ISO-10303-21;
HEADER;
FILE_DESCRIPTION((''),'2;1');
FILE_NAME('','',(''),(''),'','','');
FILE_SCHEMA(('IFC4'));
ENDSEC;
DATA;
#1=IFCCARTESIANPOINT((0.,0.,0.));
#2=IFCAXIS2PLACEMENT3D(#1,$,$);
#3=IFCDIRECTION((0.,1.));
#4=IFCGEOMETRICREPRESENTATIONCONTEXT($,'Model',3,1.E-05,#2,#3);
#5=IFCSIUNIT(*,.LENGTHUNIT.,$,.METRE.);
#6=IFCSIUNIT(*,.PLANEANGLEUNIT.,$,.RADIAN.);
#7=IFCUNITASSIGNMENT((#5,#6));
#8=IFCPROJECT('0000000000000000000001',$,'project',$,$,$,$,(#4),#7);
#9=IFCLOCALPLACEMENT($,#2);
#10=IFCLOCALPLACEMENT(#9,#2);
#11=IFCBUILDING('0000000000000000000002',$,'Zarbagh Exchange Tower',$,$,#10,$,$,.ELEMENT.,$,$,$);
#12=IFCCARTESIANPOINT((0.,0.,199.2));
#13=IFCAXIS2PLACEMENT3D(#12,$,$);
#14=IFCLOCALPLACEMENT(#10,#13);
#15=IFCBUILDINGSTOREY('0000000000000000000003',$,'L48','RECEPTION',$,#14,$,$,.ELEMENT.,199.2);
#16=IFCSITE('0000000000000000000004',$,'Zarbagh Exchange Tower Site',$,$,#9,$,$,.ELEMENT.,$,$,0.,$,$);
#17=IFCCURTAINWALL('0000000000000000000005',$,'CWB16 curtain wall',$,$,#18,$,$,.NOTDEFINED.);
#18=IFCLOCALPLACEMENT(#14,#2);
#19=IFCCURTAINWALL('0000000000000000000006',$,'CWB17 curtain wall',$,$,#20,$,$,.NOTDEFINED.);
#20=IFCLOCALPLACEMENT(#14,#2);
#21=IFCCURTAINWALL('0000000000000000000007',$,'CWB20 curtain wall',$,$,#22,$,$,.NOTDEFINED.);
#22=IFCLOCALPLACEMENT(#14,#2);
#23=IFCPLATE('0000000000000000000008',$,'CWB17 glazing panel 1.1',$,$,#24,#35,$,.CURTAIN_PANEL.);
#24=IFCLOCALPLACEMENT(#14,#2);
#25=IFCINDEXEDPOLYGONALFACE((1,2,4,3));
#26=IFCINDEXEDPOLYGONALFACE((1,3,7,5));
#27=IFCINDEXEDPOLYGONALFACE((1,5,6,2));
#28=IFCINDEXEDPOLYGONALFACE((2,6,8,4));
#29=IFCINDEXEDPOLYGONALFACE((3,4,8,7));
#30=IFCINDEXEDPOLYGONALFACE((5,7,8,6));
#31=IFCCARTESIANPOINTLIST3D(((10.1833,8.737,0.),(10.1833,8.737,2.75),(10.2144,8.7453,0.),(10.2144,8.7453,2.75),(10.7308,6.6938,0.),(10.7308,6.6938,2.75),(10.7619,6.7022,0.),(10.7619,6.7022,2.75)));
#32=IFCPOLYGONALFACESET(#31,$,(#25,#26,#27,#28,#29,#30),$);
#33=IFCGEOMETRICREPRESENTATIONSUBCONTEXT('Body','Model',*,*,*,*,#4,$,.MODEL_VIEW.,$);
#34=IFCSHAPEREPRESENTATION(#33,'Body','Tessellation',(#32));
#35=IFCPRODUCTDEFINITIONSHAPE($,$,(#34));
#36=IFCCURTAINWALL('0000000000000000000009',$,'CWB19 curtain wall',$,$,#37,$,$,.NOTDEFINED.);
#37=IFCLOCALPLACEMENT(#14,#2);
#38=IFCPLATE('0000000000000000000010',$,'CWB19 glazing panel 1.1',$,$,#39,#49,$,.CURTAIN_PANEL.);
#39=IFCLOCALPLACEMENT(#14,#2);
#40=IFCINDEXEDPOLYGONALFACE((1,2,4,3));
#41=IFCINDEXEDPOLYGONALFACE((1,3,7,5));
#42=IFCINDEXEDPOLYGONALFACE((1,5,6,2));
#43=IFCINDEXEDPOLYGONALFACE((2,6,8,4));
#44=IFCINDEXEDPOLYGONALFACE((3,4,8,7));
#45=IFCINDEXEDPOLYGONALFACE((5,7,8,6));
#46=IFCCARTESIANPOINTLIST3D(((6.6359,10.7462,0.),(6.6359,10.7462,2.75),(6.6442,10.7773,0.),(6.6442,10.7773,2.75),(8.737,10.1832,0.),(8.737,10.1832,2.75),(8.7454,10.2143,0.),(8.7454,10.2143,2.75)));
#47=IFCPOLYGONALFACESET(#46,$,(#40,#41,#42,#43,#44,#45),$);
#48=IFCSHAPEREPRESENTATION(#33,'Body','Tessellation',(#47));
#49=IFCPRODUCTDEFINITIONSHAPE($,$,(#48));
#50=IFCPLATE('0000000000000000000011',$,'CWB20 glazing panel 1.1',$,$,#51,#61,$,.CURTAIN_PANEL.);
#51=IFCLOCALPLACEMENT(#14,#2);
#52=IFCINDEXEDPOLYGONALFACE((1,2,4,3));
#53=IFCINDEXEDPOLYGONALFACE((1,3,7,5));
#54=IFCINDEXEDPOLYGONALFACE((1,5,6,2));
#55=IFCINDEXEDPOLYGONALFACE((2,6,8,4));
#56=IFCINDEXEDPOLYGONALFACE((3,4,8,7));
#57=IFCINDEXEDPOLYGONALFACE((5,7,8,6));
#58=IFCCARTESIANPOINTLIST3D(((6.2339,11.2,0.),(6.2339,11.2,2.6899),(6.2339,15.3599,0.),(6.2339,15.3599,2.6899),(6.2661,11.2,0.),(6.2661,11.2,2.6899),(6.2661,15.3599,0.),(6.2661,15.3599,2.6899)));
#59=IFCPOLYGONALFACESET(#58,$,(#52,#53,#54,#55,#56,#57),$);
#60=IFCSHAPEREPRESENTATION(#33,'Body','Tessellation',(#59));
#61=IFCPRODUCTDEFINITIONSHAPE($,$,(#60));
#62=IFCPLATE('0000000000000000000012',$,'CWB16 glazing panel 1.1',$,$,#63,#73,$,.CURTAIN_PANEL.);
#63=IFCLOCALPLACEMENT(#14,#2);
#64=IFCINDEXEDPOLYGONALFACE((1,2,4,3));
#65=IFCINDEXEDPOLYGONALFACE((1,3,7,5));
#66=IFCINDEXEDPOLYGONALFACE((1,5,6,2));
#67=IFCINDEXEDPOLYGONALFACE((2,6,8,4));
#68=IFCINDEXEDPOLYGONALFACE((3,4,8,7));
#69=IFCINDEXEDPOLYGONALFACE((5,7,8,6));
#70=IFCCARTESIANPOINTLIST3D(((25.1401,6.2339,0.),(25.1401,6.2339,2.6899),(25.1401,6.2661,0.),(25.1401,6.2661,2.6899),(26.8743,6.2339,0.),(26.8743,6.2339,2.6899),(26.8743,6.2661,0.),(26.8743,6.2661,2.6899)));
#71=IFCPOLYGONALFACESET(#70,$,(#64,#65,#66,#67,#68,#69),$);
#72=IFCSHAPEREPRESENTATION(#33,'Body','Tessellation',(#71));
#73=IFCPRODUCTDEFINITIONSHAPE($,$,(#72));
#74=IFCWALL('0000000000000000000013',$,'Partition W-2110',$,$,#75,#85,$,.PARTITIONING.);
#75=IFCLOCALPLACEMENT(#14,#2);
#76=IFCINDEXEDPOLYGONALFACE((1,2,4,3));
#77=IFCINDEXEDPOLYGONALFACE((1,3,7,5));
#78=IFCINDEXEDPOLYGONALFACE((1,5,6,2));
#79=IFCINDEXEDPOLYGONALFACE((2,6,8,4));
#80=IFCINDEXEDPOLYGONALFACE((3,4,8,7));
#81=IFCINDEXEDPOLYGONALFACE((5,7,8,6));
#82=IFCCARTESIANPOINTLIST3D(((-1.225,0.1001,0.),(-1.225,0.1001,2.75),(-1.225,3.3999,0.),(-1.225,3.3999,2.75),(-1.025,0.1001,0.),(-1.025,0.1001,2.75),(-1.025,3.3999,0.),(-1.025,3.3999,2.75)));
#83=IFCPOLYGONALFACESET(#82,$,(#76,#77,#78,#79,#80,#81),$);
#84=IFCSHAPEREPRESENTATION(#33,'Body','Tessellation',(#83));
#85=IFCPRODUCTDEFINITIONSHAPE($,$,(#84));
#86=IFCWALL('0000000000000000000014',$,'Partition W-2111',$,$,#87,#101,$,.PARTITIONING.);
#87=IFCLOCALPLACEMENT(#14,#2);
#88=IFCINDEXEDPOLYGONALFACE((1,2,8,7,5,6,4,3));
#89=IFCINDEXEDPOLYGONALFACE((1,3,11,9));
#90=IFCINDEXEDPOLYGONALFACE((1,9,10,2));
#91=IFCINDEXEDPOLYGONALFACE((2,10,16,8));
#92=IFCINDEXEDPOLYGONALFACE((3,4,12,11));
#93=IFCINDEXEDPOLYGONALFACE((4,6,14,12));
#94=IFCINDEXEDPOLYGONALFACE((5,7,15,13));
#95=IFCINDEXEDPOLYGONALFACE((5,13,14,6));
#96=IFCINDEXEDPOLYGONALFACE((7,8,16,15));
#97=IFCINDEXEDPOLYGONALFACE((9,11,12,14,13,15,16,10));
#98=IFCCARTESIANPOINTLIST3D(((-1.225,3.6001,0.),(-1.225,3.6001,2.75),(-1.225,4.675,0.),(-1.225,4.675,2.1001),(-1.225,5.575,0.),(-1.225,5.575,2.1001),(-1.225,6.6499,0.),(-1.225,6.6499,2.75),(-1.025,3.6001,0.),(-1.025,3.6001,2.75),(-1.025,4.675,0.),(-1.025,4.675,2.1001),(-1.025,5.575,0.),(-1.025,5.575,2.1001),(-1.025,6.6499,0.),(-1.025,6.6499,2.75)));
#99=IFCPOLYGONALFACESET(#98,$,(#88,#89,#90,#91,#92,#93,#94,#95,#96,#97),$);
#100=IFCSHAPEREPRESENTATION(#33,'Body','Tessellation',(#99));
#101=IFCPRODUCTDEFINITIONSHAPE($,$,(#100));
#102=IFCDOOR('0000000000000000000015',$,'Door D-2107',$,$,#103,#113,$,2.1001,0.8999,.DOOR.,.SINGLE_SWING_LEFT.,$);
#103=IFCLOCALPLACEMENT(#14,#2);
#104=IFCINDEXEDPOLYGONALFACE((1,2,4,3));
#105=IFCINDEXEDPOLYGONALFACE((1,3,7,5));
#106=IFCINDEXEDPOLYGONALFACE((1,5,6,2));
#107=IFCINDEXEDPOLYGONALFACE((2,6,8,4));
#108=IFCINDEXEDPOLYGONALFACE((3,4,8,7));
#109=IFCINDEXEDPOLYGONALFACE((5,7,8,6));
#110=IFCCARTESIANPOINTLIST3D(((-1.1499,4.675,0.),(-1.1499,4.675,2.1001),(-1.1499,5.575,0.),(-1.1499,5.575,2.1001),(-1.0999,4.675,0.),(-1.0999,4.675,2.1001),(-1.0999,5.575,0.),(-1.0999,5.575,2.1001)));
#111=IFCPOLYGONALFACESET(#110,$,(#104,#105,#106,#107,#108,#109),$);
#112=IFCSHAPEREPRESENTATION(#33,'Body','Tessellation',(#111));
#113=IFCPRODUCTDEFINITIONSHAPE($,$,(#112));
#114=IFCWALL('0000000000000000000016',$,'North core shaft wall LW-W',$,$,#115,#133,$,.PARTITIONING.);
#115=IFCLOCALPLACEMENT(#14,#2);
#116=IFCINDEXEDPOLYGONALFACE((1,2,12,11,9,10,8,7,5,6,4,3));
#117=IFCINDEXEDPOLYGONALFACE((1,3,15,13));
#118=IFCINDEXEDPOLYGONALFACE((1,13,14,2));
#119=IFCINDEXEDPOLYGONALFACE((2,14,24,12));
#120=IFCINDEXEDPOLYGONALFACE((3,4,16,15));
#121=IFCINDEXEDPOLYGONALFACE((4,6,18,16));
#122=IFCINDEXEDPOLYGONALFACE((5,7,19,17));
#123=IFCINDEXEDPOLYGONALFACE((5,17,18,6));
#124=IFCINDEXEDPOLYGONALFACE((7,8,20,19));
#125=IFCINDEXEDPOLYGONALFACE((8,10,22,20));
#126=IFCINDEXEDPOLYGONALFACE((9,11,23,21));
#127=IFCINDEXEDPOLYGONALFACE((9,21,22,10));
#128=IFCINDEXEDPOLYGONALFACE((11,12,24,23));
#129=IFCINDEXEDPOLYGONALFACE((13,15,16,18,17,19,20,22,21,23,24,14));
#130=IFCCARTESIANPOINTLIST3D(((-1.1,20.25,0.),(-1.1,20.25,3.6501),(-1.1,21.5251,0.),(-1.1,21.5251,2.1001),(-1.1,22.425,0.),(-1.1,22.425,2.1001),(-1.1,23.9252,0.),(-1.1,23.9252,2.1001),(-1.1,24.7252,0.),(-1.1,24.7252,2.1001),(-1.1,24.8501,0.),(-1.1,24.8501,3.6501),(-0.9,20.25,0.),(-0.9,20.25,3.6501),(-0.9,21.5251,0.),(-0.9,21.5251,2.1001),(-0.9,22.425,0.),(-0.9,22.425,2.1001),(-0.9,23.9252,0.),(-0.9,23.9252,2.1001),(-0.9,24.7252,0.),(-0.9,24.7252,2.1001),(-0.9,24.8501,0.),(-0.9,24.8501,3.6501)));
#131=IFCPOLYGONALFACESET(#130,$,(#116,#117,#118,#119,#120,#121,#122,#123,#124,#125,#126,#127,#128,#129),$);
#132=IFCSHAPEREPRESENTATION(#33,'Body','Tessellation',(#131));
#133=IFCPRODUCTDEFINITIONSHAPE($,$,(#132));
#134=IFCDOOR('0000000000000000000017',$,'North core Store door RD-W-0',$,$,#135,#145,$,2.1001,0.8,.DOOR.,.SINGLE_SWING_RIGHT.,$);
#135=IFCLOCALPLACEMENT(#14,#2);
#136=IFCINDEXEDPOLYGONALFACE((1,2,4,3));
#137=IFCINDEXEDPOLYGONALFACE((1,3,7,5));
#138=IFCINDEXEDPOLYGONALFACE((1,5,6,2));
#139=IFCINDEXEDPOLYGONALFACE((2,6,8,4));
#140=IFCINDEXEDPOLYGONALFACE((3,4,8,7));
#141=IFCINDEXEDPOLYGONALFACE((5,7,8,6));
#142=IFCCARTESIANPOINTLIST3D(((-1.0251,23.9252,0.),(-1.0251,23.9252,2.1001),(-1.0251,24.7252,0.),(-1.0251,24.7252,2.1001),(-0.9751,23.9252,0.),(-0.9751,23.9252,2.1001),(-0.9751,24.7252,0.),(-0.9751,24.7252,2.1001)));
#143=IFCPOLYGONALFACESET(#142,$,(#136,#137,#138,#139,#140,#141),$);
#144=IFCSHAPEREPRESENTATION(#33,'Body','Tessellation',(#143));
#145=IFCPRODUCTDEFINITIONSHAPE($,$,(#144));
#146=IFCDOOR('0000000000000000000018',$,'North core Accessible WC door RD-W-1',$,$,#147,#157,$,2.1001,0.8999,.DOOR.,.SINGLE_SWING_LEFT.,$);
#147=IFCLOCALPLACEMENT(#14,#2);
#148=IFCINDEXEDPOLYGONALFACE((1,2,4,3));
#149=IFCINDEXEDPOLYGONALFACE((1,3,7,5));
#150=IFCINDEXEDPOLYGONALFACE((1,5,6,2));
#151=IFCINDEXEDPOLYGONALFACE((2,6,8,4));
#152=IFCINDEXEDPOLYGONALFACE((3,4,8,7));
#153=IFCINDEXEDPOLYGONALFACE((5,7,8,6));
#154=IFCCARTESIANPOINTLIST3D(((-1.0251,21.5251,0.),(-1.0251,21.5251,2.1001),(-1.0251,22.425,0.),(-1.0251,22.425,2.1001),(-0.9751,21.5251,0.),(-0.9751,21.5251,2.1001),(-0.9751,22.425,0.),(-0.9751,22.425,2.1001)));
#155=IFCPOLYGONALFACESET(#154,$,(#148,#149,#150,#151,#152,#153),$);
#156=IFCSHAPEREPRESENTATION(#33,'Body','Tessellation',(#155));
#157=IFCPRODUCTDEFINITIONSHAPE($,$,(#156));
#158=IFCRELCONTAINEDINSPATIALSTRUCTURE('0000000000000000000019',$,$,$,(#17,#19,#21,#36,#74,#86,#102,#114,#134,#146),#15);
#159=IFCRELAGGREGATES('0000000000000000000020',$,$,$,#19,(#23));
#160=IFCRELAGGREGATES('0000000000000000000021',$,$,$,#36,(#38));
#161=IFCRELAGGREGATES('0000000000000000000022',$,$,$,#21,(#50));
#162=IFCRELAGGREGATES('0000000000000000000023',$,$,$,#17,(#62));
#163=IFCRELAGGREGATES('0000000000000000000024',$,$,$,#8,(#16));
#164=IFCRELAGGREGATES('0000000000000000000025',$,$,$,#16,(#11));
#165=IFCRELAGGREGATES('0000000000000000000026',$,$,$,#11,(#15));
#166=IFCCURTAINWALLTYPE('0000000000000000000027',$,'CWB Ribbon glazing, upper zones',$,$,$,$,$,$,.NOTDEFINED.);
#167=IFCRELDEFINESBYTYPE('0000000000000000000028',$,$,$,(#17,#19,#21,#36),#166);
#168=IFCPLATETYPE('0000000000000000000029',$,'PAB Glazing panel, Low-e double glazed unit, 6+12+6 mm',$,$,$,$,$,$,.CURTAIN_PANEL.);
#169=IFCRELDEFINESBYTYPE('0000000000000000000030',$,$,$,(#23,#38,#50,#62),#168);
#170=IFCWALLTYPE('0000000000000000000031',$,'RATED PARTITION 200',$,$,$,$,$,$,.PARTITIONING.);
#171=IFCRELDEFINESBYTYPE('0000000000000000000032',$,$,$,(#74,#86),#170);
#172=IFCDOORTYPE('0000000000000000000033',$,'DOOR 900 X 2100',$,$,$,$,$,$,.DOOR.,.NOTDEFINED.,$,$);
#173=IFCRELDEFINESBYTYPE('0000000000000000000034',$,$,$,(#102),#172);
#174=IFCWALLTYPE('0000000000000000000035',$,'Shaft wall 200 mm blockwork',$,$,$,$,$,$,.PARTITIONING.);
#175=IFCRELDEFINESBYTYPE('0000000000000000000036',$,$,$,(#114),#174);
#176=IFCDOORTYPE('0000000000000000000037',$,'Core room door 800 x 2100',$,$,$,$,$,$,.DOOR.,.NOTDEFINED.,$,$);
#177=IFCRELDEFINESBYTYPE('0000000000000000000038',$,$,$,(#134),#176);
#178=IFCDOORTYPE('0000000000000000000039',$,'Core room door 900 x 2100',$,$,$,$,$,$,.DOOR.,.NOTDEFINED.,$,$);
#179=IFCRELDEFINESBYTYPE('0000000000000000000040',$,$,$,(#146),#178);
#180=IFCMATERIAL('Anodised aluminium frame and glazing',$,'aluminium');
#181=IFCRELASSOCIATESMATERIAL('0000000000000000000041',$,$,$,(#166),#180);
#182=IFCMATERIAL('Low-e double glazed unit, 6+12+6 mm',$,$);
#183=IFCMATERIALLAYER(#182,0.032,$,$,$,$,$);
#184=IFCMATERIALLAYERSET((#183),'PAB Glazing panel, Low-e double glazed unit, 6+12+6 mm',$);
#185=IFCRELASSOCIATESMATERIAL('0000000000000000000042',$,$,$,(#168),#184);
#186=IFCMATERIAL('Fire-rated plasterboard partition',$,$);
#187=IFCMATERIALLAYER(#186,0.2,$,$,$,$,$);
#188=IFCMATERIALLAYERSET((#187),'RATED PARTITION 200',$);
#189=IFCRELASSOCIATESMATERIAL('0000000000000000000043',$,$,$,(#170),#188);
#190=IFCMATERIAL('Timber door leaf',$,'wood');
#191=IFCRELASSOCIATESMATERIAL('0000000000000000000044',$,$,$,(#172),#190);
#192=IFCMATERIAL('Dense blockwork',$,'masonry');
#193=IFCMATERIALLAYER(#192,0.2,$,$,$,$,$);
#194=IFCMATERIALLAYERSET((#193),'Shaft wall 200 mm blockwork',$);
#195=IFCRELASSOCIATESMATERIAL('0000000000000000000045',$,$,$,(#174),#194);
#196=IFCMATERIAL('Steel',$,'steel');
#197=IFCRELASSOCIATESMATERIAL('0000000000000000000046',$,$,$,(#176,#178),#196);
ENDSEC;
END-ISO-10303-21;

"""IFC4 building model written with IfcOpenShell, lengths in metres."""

from ifc_helpers import new_model, si_unit, direction, frame, frame_2d, origin, place, context, subcontext, project, spatial, polyline, rectangle, outline, extrude, source, transform, mapped, material, layer, layer_set, type_object, element, fill, aggregate, save


model = new_model("IFC4")

# Units and contexts
model_context = context("Model", 3, precision=1e-05, world=origin(), true_north=direction((0.0, 1.0)))
body_context = subcontext(model_context, "Body", "Model", "MODEL_VIEW")
ifc_project = project(units=[si_unit("LENGTHUNIT", "METRE"), si_unit("PLANEANGLEUNIT", "RADIAN")], contexts=[model_context])

# Site, building, storey
site_placement = place(None, origin())
site = spatial("IfcSite", under=ifc_project, at=site_placement, Name="Zarbagh Exchange Tower Site", CompositionType="ELEMENT", RefElevation=0.0)
building_placement = place(site_placement, origin())
building = spatial("IfcBuilding", under=site, at=building_placement, Name="Zarbagh Exchange Tower", CompositionType="ELEMENT")
storey_placement = place(building_placement, frame((0.0, 0.0, 199.2)))
storey = spatial("IfcBuildingStorey", under=building, at=storey_placement, Name="L48", Description="RECEPTION", CompositionType="ELEMENT", Elevation=199.2)

# Curtain wall
ifc_material_1 = material(Name="Anodised aluminium frame and glazing", Category="aluminium")
curtain_wall_type = type_object("IfcCurtainWallType", Name="CWB Ribbon glazing, upper zones", PredefinedType="NOTDEFINED", material=ifc_material_1)
curtain_wall_1_placement = place(storey_placement, origin())
curtain_wall_1 = element("IfcCurtainWall", 1, at=curtain_wall_1_placement, inside=storey, type_object=curtain_wall_type, Name="CWB16 curtain wall", PredefinedType="NOTDEFINED")
placement = place(storey_placement, origin())

# Curtain wall
curtain_wall_2_placement = place(storey_placement, origin())
curtain_wall_2 = element("IfcCurtainWall", 2, at=curtain_wall_2_placement, inside=storey, type_object=curtain_wall_type, Name="CWB17 curtain wall", PredefinedType="NOTDEFINED")

# Curtain wall
curtain_wall_3_placement = place(storey_placement, origin())
curtain_wall_3 = element("IfcCurtainWall", 3, at=curtain_wall_3_placement, inside=storey, type_object=curtain_wall_type, Name="CWB20 curtain wall", PredefinedType="NOTDEFINED")

# Shared definitions
ifc_material_2 = material(Name="Low-e double glazed unit, 6+12+6 mm")
ifc_layer_1 = layer(ifc_material_2, 0.032)
ifc_layer_set_1 = layer_set([ifc_layer_1], Name="PAB Glazing panel, Low-e double glazed unit, 6+12+6 mm")
plate_type = type_object("IfcPlateType", Name="PAB Glazing panel, Low-e double glazed unit, 6+12+6 mm", PredefinedType="CURTAIN_PANEL", material=ifc_layer_set_1)

# Plate
shared_shape_1 = source(origin(), body_context, "Body", "SweptSolid", [
    extrude(outline(polyline([(0.0, -0.0161), (2.1152, -0.0161), (2.1152, 0.0161), (0.0, 0.0161), (0.0, -0.0161)])), origin(), (0.0, 0.0, 1.0), 2.75),
])
plate_1 = element("IfcPlate", 4, at=placement, type_object=plate_type, Name="CWB17 glazing panel 1.1", PredefinedType="CURTAIN_PANEL", context=body_context, shape_type="MappedRepresentation", body=[
    mapped(shared_shape_1, transform((10.7463, 6.698, 0.0), x_axis=(-0.258825, 0.965924, 0.0), y_axis=(-0.965924, -0.258825, 0.0), z_axis=(0.0, 0.0, 1.0))),
])
aggregate(curtain_wall_2, [plate_1])

# Curtain wall, plate
curtain_wall_4_placement = place(storey_placement, origin())
curtain_wall_4 = element("IfcCurtainWall", 5, at=curtain_wall_4_placement, inside=storey, type_object=curtain_wall_type, Name="CWB19 curtain wall", PredefinedType="NOTDEFINED")
shared_shape_2 = source(origin(), body_context, "Body", "SweptSolid", [
    extrude(outline(polyline([(0.0, -0.0161), (2.1753, -0.0161), (2.1753, 0.0161), (0.0, 0.0161), (0.0, -0.0161)])), origin(), (0.0, 0.0, 1.0), 2.75),
])
plate_2 = element("IfcPlate", 6, at=placement, type_object=plate_type, Name="CWB19 glazing panel 1.1", PredefinedType="CURTAIN_PANEL", context=body_context, shape_type="MappedRepresentation", body=[
    mapped(shared_shape_2, transform((8.7412, 10.1987, 0.0), x_axis=(-0.965924, 0.258825, 0.0), y_axis=(-0.258825, -0.965924, 0.0), z_axis=(0.0, 0.0, 1.0))),
])
aggregate(curtain_wall_4, [plate_2])

# Plates
shared_shape_3 = source(origin(), body_context, "Body", "SweptSolid", [
    extrude(outline(polyline([(0.0, -0.0161), (4.1599, -0.0161), (4.1599, 0.0161), (0.0, 0.0161), (0.0, -0.0161)])), origin(), (0.0, 0.0, 1.0), 2.6899),
])
plate_3 = element("IfcPlate", 7, at=placement, type_object=plate_type, Name="CWB20 glazing panel 1.1", PredefinedType="CURTAIN_PANEL", context=body_context, shape_type="MappedRepresentation", body=[
    mapped(shared_shape_3, transform((6.25, 11.2, 0.0), x_axis=(0.0, 1.0, 0.0), y_axis=(-1.0, 0.0, 0.0), z_axis=(0.0, 0.0, 1.0))),
])
aggregate(curtain_wall_3, [plate_3])
shared_shape_4 = source(origin(), body_context, "Body", "SweptSolid", [
    extrude(outline(polyline([(0.0, -0.0161), (1.7341, -0.0161), (1.7341, 0.0161), (0.0, 0.0161), (0.0, -0.0161)])), origin(), (0.0, 0.0, 1.0), 2.6899),
])
plate_4 = element("IfcPlate", 8, at=placement, type_object=plate_type, Name="CWB16 glazing panel 1.1", PredefinedType="CURTAIN_PANEL", context=body_context, shape_type="MappedRepresentation", body=[
    mapped(shared_shape_4, transform((26.8743, 6.25, 0.0), x_axis=(-1.0, 0.0, 0.0), y_axis=(0.0, -1.0, 0.0), z_axis=(0.0, 0.0, 1.0))),
])
aggregate(curtain_wall_1, [plate_4])

# Wall
ifc_material_3 = material(Name="Fire-rated plasterboard partition")
ifc_layer_2 = layer(ifc_material_3, 0.2)
ifc_layer_set_2 = layer_set([ifc_layer_2], Name="RATED PARTITION 200")
wall_type_1 = type_object("IfcWallType", Name="RATED PARTITION 200", PredefinedType="PARTITIONING", material=ifc_layer_set_2)
wall_1_placement = place(storey_placement, frame((-1.125, 0.1001, 0.0), z_axis=(0.0, 0.0, 1.0), x_axis=(0.0, 1.0, 0.0)))
element("IfcWall", 9, at=wall_1_placement, inside=storey, type_object=wall_type_1, Name="Partition W-2110", PredefinedType="PARTITIONING", context=body_context, shape_type="SweptSolid", body=[
    extrude(rectangle(XDim=3.2998, YDim=0.2, at=frame_2d((1.6499, 0.0))), origin(), (0.0, 0.0, 1.0), 2.75),
])

# Wall, opening, door
wall_2_placement = place(storey_placement, frame((-1.125, 3.6001, 0.0), z_axis=(0.0, 0.0, 1.0), x_axis=(0.0, 1.0, 0.0)))
wall_2 = element("IfcWall", 10, at=wall_2_placement, inside=storey, type_object=wall_type_1, Name="Partition W-2111", PredefinedType="PARTITIONING", context=body_context, shape_type="SweptSolid", body=[
    extrude(rectangle(XDim=3.0498, YDim=0.2, at=frame_2d((1.5249, 0.0))), origin(), (0.0, 0.0, 1.0), 2.75),
])
opening_1_placement = place(wall_2_placement, frame((1.075, 0.0, 0.0)))
opening_1 = element("IfcOpeningElement", 11, at=opening_1_placement, cuts=wall_2, PredefinedType="OPENING", context=body_context, shape_type="SweptSolid", body=[
    extrude(rectangle(XDim=0.8999, YDim=2.1001, at=frame_2d((0.45, 1.05))), frame((0.0, 0.1099, 0.0), z_axis=(0.0, -1.0, 0.0), x_axis=(1.0, 0.0, 0.0)), (0.0, 0.0, 1.0), 0.22),
])
ifc_material_4 = material(Name="Timber door leaf", Category="wood")
door_type_1 = type_object("IfcDoorType", Name="DOOR 900 X 2100", OperationType="NOTDEFINED", PredefinedType="DOOR", material=ifc_material_4)
door_1_placement = place(opening_1_placement, origin())
door_1 = element("IfcDoor", 12, at=door_1_placement, inside=storey, type_object=door_type_1, Name="Door D-2107", OperationType="SINGLE_SWING_LEFT", OverallHeight=2.1001, OverallWidth=0.8999, PredefinedType="DOOR", context=body_context, shape_type="SweptSolid", body=[
    extrude(rectangle(XDim=0.8999, YDim=2.1001, at=frame_2d((0.45, 1.05))), frame((0.0, 0.0249, 0.0), z_axis=(0.0, -1.0, 0.0), x_axis=(1.0, 0.0, 0.0)), (0.0, 0.0, 1.0), 0.05),
])
fill(opening_1, door_1)

# Wall, openings, doors
ifc_material_5 = material(Name="Dense blockwork", Category="masonry")
ifc_layer_3 = layer(ifc_material_5, 0.2)
ifc_layer_set_3 = layer_set([ifc_layer_3], Name="Shaft wall 200 mm blockwork")
wall_type_2 = type_object("IfcWallType", Name="Shaft wall 200 mm blockwork", PredefinedType="PARTITIONING", material=ifc_layer_set_3)
wall_3_placement = place(storey_placement, frame((-1.0, 24.8501, 0.0), z_axis=(0.0, 0.0, 1.0), x_axis=(0.0, -1.0, 0.0)))
wall_3 = element("IfcWall", 13, at=wall_3_placement, inside=storey, type_object=wall_type_2, Name="North core shaft wall LW-W", PredefinedType="PARTITIONING", context=body_context, shape_type="SweptSolid", body=[
    extrude(rectangle(XDim=4.6001, YDim=0.2, at=frame_2d((2.3, 0.0))), origin(), (0.0, 0.0, 1.0), 3.6501),
])
opening_2_placement = place(wall_3_placement, frame((0.125, 0.0, 0.0)))
opening_2 = element("IfcOpeningElement", 14, at=opening_2_placement, cuts=wall_3, PredefinedType="OPENING", context=body_context, shape_type="SweptSolid", body=[
    extrude(rectangle(XDim=0.8, YDim=2.1001, at=frame_2d((0.3999, 1.05))), frame((0.0, 0.1099, 0.0), z_axis=(0.0, -1.0, 0.0), x_axis=(1.0, 0.0, 0.0)), (0.0, 0.0, 1.0), 0.22),
])
opening_3_placement = place(wall_3_placement, frame((2.425, 0.0, 0.0)))
opening_3 = element("IfcOpeningElement", 15, at=opening_3_placement, cuts=wall_3, PredefinedType="OPENING", context=body_context, shape_type="SweptSolid", body=[
    extrude(rectangle(XDim=0.8999, YDim=2.1001, at=frame_2d((0.45, 1.05))), frame((0.0, 0.1099, 0.0), z_axis=(0.0, -1.0, 0.0), x_axis=(1.0, 0.0, 0.0)), (0.0, 0.0, 1.0), 0.22),
])
ifc_material_6 = material(Name="Steel", Category="steel")
door_type_2 = type_object("IfcDoorType", Name="Core room door 800 x 2100", OperationType="NOTDEFINED", PredefinedType="DOOR", material=ifc_material_6)
door_2_placement = place(opening_2_placement, origin())
door_2 = element("IfcDoor", 16, at=door_2_placement, inside=storey, type_object=door_type_2, Name="North core Store door RD-W-0", OperationType="SINGLE_SWING_RIGHT", OverallHeight=2.1001, OverallWidth=0.8, PredefinedType="DOOR", context=body_context, shape_type="SweptSolid", body=[
    extrude(rectangle(XDim=0.8, YDim=2.1001, at=frame_2d((0.3999, 1.05))), frame((0.0, 0.0249, 0.0), z_axis=(0.0, -1.0, 0.0), x_axis=(1.0, 0.0, 0.0)), (0.0, 0.0, 1.0), 0.05),
])
fill(opening_2, door_2)
door_type_3 = type_object("IfcDoorType", Name="Core room door 900 x 2100", OperationType="NOTDEFINED", PredefinedType="DOOR", material=ifc_material_6)
door_3_placement = place(opening_3_placement, origin())
door_3 = element("IfcDoor", 17, at=door_3_placement, inside=storey, type_object=door_type_3, Name="North core Accessible WC door RD-W-1", OperationType="SINGLE_SWING_LEFT", OverallHeight=2.1001, OverallWidth=0.8999, PredefinedType="DOOR", context=body_context, shape_type="SweptSolid", body=[
    extrude(rectangle(XDim=0.8999, YDim=2.1001, at=frame_2d((0.45, 1.05))), frame((0.0, 0.0249, 0.0), z_axis=(0.0, -1.0, 0.0), x_axis=(1.0, 0.0, 0.0)), (0.0, 0.0, 1.0), 0.05),
])
fill(opening_3, door_3)

save(model, "model.ifc")
